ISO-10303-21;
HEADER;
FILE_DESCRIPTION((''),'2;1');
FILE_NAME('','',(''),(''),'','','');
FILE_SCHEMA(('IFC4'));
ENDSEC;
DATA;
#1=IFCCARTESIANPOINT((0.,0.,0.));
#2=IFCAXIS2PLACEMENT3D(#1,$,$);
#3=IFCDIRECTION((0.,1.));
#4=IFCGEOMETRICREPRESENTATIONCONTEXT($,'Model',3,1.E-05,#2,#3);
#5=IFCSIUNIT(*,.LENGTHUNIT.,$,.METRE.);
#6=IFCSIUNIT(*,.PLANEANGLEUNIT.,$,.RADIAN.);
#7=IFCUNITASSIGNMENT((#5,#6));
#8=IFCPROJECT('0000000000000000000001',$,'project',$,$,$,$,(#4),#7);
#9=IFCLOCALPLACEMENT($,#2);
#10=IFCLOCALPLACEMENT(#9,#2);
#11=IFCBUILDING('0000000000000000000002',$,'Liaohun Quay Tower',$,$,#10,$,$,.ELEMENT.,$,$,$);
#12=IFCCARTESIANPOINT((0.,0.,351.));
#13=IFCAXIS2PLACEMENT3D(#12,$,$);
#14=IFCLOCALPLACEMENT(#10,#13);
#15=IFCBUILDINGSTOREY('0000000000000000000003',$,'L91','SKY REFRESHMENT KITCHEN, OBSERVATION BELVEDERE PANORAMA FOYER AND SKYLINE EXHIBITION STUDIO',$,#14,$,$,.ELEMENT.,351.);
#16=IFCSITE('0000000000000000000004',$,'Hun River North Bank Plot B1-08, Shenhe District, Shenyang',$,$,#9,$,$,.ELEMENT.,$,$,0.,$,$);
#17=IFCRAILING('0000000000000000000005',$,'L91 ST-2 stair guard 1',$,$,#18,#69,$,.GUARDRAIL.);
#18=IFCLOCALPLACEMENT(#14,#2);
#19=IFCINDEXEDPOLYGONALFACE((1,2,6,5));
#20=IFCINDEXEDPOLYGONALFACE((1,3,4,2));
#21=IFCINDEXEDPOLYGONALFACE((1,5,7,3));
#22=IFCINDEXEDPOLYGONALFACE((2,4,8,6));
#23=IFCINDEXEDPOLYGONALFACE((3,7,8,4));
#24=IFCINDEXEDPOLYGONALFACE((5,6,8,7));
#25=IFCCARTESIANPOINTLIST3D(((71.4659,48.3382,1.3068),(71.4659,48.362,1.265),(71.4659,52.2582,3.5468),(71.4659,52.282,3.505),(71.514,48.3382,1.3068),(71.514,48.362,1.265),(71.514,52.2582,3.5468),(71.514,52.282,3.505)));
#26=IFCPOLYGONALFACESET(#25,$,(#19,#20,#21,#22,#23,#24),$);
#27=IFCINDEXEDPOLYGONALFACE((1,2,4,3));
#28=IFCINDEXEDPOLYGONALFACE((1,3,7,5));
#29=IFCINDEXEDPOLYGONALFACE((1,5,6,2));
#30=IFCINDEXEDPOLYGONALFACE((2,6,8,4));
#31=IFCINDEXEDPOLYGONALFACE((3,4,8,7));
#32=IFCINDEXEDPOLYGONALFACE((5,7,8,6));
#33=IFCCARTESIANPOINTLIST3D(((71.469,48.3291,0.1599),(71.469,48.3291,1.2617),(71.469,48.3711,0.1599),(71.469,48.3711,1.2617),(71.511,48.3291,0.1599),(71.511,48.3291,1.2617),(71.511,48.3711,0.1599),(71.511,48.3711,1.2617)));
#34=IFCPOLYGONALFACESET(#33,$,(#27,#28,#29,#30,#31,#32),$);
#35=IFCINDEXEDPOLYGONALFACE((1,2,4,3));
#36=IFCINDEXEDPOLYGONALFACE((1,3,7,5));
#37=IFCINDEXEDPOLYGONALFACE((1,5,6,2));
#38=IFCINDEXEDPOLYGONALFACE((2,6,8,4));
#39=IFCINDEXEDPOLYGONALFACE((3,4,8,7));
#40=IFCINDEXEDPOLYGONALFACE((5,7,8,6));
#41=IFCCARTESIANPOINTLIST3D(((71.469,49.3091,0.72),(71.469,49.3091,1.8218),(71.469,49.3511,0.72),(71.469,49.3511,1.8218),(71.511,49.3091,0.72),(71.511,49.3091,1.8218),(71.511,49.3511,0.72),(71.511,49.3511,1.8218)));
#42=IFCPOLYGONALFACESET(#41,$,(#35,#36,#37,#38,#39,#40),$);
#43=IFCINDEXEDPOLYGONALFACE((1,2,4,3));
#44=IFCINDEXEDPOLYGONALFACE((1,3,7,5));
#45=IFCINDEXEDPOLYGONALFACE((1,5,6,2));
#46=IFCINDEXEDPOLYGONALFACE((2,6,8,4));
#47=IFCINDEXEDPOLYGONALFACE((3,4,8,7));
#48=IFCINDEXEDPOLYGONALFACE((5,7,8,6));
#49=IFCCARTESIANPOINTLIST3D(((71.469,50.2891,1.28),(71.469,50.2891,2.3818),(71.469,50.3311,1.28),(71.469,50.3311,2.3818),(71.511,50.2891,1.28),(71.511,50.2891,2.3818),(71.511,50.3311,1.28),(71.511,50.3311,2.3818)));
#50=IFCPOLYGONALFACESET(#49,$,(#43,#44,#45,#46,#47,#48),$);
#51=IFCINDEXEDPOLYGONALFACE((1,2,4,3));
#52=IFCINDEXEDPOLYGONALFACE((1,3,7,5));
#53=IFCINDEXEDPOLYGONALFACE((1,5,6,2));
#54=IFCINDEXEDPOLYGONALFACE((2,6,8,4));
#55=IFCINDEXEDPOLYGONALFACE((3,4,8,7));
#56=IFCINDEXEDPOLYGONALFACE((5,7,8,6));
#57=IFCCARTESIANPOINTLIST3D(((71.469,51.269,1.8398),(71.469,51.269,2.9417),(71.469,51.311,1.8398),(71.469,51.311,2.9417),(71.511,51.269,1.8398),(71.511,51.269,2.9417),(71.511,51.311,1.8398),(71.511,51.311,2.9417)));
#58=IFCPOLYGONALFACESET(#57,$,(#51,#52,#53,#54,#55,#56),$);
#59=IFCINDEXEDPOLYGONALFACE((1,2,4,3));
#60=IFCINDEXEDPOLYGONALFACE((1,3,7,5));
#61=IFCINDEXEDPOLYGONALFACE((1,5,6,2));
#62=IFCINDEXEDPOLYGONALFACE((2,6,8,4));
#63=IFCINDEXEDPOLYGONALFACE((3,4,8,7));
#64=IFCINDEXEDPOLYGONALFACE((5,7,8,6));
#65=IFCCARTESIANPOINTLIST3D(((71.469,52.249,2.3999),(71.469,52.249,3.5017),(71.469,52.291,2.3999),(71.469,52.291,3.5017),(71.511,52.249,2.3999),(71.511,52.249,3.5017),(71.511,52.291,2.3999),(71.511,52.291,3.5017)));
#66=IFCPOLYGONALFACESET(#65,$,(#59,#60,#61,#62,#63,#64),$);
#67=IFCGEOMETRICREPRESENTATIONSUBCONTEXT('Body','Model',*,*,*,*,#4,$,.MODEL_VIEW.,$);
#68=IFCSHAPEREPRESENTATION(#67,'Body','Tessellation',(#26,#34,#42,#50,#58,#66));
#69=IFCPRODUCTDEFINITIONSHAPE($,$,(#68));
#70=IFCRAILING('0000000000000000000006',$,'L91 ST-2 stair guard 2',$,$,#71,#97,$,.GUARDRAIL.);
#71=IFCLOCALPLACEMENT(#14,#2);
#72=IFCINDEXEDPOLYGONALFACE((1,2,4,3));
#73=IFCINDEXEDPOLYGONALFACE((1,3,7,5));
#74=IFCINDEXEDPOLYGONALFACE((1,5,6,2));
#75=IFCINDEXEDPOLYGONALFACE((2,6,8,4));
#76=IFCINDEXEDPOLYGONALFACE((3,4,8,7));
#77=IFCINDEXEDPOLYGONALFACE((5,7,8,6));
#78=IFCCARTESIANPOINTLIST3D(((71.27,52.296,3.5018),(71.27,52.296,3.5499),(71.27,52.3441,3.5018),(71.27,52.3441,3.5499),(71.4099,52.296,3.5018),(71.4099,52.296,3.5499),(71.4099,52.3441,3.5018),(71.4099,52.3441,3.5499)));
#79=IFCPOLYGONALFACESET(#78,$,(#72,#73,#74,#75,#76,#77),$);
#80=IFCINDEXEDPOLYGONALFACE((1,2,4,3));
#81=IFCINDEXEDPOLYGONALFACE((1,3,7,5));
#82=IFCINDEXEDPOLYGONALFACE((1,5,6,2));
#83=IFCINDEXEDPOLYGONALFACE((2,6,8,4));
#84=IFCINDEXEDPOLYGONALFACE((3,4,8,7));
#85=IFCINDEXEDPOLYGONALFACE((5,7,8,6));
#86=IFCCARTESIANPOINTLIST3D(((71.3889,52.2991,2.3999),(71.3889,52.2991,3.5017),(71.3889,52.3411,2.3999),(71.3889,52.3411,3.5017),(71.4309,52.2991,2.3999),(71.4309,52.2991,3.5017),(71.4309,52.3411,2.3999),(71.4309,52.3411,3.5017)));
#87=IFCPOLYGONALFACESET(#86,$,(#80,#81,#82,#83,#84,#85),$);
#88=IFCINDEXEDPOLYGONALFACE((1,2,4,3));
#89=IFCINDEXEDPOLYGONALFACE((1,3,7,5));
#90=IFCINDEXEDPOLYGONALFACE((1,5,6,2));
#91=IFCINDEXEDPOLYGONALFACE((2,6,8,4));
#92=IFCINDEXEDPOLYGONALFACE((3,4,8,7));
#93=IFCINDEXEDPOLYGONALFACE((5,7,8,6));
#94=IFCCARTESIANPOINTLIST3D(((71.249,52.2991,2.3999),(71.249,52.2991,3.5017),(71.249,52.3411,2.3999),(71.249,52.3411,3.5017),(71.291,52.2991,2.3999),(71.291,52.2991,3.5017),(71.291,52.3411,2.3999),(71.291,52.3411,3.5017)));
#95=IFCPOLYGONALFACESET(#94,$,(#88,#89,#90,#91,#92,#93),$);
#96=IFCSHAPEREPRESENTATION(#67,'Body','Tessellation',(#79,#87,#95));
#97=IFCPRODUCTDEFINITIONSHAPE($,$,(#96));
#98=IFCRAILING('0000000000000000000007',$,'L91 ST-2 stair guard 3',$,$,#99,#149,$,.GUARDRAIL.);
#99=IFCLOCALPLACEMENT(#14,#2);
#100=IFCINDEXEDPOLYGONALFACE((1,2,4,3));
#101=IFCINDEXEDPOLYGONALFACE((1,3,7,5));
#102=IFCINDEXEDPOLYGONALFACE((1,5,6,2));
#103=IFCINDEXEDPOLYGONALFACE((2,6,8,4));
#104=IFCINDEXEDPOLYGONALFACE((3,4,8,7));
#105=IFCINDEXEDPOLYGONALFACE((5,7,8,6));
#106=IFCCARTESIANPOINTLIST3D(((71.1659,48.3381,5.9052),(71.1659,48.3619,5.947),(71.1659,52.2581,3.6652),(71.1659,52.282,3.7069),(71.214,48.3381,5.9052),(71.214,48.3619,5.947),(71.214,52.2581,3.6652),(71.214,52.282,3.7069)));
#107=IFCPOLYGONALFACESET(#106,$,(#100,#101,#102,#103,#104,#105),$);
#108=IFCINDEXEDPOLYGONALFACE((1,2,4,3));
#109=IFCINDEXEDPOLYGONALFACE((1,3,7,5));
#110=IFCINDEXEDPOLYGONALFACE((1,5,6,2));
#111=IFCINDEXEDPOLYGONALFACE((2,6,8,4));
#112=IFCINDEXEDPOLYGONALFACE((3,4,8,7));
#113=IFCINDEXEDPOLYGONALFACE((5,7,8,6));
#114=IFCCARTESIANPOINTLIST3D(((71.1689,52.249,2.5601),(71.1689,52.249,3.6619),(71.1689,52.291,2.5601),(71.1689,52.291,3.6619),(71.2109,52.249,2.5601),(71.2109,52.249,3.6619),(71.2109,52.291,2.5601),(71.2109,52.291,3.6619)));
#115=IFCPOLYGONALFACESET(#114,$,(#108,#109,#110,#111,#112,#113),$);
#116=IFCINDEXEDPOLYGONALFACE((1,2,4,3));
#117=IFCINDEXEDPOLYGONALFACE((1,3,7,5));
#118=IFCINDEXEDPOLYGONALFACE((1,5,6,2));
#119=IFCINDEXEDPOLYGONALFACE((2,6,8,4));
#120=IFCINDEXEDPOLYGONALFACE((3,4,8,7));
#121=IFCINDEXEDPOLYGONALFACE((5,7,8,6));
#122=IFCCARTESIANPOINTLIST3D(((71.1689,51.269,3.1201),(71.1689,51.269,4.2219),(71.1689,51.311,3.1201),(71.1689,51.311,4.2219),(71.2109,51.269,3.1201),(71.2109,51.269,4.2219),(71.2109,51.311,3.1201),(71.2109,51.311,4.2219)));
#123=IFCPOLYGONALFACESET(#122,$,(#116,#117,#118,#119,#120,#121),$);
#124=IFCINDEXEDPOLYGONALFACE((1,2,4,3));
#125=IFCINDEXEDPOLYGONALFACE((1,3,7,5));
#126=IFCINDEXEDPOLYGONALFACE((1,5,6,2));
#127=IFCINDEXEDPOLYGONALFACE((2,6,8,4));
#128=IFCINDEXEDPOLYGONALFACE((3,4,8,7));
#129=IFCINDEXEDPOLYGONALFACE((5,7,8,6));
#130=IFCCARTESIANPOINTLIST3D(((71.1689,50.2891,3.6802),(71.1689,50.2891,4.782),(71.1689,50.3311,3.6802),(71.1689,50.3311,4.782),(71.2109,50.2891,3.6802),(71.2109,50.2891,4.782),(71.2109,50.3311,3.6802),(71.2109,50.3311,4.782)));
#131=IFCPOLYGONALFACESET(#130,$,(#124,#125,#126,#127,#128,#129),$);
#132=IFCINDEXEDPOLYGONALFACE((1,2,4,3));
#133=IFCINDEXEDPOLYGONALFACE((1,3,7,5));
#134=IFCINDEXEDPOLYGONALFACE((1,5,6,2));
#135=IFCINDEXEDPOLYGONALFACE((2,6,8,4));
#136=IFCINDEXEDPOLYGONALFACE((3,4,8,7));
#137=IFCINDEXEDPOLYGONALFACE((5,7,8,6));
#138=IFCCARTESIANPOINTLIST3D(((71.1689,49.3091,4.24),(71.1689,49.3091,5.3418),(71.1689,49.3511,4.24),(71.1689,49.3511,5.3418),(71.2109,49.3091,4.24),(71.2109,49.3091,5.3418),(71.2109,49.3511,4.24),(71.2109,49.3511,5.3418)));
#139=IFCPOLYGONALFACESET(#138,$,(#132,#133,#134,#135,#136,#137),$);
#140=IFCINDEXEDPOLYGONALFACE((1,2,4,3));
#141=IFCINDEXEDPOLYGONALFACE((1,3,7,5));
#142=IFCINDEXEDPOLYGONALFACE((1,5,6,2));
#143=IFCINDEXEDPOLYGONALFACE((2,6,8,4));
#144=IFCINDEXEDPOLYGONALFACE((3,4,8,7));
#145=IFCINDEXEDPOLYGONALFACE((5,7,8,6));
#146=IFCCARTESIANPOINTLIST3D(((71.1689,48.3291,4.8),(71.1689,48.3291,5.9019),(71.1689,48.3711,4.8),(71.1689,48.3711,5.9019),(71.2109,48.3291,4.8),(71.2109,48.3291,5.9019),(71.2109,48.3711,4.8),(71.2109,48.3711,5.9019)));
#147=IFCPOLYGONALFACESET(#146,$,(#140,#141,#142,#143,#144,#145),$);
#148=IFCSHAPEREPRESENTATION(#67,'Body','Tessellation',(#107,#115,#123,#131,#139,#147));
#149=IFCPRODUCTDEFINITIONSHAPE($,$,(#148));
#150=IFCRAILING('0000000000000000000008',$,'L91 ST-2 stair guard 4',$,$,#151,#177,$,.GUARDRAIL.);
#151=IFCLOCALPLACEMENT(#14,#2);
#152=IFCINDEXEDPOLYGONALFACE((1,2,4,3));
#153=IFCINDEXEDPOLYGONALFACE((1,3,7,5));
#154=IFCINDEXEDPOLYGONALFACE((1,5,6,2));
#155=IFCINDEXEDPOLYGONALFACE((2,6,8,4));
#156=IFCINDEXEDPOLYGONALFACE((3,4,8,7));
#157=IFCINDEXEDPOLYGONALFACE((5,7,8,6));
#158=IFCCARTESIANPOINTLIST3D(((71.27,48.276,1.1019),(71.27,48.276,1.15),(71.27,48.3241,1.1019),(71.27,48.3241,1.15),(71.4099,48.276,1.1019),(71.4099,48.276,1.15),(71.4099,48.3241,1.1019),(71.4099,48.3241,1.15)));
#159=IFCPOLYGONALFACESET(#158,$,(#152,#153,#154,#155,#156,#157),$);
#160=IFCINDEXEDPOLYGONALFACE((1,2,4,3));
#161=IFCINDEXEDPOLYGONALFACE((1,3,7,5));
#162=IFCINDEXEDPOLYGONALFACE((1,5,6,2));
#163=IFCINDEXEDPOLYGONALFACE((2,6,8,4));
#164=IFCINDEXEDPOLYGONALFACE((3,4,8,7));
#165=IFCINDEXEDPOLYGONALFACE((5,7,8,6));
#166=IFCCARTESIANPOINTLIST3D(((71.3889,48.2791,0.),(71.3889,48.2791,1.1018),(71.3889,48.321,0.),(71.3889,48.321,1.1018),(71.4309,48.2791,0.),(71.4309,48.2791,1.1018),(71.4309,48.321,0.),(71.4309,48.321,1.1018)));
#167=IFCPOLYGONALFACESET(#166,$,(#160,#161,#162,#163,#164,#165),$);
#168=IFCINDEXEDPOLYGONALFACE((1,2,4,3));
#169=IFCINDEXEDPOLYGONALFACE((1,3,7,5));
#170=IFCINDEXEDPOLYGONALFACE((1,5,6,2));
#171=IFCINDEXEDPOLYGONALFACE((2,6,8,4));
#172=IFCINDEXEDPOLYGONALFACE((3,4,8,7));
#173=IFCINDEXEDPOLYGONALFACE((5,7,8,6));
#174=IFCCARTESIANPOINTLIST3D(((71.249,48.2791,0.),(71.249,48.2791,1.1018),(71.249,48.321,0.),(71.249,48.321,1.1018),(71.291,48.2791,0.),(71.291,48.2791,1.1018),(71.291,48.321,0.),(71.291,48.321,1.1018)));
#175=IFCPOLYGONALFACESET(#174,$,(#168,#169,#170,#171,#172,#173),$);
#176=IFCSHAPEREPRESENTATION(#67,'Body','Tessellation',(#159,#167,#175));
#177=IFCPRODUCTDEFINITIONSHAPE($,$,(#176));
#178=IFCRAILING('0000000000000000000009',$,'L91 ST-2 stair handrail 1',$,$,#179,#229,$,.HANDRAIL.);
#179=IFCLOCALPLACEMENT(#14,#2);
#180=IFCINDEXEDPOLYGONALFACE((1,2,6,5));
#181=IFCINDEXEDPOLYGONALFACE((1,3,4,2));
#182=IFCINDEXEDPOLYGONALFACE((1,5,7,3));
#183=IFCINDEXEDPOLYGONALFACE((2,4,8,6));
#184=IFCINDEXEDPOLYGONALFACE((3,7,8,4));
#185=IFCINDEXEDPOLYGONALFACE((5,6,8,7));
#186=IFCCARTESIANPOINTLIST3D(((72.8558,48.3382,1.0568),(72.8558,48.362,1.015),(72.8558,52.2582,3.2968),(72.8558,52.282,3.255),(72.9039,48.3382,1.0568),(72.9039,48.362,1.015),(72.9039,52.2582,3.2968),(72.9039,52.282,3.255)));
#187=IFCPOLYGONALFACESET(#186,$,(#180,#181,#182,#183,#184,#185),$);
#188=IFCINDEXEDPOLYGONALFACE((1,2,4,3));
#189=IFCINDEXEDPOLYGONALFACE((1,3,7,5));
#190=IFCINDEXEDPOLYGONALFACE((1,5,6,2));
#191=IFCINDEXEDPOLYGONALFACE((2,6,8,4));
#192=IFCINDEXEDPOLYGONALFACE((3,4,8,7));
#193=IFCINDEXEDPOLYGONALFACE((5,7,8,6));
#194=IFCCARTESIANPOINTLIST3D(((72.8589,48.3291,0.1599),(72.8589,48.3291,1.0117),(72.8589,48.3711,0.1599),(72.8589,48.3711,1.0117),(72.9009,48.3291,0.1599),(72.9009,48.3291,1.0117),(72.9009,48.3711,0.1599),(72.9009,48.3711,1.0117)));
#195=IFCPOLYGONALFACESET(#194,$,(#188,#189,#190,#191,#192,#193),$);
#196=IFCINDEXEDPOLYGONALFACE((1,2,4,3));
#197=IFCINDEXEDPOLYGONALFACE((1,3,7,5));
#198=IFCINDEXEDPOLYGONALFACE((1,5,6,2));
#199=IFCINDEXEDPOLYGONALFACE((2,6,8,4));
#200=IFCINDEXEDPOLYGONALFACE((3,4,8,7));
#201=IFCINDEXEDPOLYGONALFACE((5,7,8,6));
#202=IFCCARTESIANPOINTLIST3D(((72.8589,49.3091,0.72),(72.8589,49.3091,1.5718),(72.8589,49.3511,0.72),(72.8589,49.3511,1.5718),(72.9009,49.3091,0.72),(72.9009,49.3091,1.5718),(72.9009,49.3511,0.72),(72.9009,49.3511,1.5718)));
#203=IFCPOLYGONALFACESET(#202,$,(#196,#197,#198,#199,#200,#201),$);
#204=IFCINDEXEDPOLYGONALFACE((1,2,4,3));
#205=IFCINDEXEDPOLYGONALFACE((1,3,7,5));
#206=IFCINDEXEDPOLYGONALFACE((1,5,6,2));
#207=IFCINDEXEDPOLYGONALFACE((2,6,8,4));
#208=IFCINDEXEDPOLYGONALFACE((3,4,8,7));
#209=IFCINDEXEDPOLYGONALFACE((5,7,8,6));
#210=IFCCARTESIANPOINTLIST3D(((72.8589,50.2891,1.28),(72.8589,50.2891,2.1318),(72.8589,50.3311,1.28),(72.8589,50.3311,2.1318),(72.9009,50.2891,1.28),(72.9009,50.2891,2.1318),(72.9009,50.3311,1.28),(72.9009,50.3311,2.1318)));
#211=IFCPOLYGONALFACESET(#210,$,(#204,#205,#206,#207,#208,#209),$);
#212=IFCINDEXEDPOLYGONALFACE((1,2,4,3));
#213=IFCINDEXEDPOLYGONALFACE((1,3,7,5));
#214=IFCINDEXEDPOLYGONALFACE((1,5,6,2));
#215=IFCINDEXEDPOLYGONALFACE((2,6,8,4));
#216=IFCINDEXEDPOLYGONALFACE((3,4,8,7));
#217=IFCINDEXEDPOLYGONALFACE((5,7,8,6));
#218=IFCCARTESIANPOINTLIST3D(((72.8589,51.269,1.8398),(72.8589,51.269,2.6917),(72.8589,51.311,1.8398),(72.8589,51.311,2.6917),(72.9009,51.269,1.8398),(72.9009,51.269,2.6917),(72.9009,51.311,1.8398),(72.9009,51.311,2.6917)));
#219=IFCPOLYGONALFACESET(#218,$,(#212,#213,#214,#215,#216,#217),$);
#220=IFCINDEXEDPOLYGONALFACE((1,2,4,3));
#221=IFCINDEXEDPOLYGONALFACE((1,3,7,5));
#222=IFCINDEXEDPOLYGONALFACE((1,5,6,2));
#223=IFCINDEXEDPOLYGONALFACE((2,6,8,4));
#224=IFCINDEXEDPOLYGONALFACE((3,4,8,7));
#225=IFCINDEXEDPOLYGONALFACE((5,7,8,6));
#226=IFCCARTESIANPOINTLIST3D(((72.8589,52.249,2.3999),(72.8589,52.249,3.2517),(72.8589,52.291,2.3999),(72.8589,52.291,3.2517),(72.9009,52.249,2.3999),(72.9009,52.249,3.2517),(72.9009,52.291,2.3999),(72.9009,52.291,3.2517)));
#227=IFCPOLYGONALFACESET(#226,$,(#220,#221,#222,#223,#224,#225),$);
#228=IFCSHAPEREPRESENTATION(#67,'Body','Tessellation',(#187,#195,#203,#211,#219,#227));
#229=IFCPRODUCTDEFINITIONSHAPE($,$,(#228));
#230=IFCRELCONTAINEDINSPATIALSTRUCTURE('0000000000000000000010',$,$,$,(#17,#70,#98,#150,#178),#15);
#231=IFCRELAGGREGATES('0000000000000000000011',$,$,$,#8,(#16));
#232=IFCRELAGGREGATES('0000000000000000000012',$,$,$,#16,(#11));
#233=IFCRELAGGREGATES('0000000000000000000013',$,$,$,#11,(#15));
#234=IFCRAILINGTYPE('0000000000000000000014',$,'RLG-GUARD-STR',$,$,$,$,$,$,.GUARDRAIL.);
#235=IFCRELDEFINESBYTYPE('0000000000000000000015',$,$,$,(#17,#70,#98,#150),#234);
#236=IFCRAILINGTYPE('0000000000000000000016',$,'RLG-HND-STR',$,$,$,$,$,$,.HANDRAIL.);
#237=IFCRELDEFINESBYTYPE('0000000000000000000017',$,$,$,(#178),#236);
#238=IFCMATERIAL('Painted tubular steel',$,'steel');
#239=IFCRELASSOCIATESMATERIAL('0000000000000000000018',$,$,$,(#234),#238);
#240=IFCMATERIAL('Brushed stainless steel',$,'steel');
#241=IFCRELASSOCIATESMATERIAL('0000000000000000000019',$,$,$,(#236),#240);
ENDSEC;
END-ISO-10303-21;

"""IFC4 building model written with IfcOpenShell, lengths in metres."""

from ifc_helpers import new_model, si_unit, direction, frame, origin, origin_2d, place, context, subcontext, project, spatial, rectangle, extrude, material, type_object, element, save


model = new_model("IFC4")

# Units and contexts
model_context = context("Model", 3, precision=1e-05, world=origin(), true_north=direction((0.0, 1.0)))
body_context = subcontext(model_context, "Body", "Model", "MODEL_VIEW")
ifc_project = project(units=[si_unit("LENGTHUNIT", "METRE"), si_unit("PLANEANGLEUNIT", "RADIAN")], contexts=[model_context])

# Site, building, storey
site_placement = place(None, origin())
site = spatial("IfcSite", under=ifc_project, at=site_placement, Name="Hun River North Bank Plot B1-08, Shenhe District, Shenyang", CompositionType="ELEMENT", RefElevation=0.0)
building_placement = place(site_placement, origin())
building = spatial("IfcBuilding", under=site, at=building_placement, Name="Liaohun Quay Tower", CompositionType="ELEMENT")
storey_placement = place(building_placement, frame((0.0, 0.0, 351.0)))
storey = spatial("IfcBuildingStorey", under=building, at=storey_placement, Name="L91", Description="SKY REFRESHMENT KITCHEN, OBSERVATION BELVEDERE PANORAMA FOYER AND SKYLINE EXHIBITION STUDIO", CompositionType="ELEMENT", Elevation=351.0)

# Railings
ifc_material_1 = material(Name="Painted tubular steel", Category="steel")
railing_type_1 = type_object("IfcRailingType", Name="RLG-GUARD-STR", PredefinedType="GUARDRAIL", material=ifc_material_1)
railing_1_placement = place(storey_placement, frame((71.49, 48.3501, 0.1599)))
element("IfcRailing", 1, at=railing_1_placement, inside=storey, type_object=railing_type_1, Name="L91 ST-2 stair guard 1", PredefinedType="GUARDRAIL", context=body_context, shape_type="SweptSolid", body=[
    extrude(rectangle(XDim=0.0481, YDim=0.0481, at=origin_2d()), frame((0.0, 0.0, 1.126), z_axis=(0.0, 0.86824, 0.496145), x_axis=(-1.0, 0.0, 0.0)), (0.0, 0.0, 1.0), 4.5149),
    extrude(rectangle(XDim=0.042, YDim=0.042, at=origin_2d()), origin(), (0.0, 0.0, 1.0), 1.1018),
    extrude(rectangle(XDim=0.042, YDim=0.042, at=origin_2d()), frame((0.0, 0.98, 0.5601)), (0.0, 0.0, 1.0), 1.1018),
    extrude(rectangle(XDim=0.042, YDim=0.042, at=origin_2d()), frame((0.0, 1.96, 1.1201)), (0.0, 0.0, 1.0), 1.1018),
    extrude(rectangle(XDim=0.042, YDim=0.042, at=origin_2d()), frame((0.0, 2.9399, 1.6799)), (0.0, 0.0, 1.0), 1.1018),
    extrude(rectangle(XDim=0.042, YDim=0.042, at=origin_2d()), frame((0.0, 3.9199, 2.24)), (0.0, 0.0, 1.0), 1.1018),
])
railing_2_placement = place(storey_placement, frame((71.4099, 52.3201, 2.3999)))
element("IfcRailing", 2, at=railing_2_placement, inside=storey, type_object=railing_type_1, Name="L91 ST-2 stair guard 2", PredefinedType="GUARDRAIL", context=body_context, shape_type="SweptSolid", body=[
    extrude(rectangle(XDim=0.0481, YDim=0.0481, at=origin_2d()), frame((0.0, 0.0, 1.126), z_axis=(-1.0, 0.0, 0.0), x_axis=(0.0, -1.0, 0.0)), (0.0, 0.0, 1.0), 0.1399),
    extrude(rectangle(XDim=0.042, YDim=0.042, at=origin_2d()), origin(), (0.0, 0.0, 1.0), 1.1018),
    extrude(rectangle(XDim=0.042, YDim=0.042, at=origin_2d()), frame((-0.1399, 0.0, 0.0)), (0.0, 0.0, 1.0), 1.1018),
])
railing_3_placement = place(storey_placement, frame((71.1899, 52.27, 2.5601)))
element("IfcRailing", 3, at=railing_3_placement, inside=storey, type_object=railing_type_1, Name="L91 ST-2 stair guard 3", PredefinedType="GUARDRAIL", context=body_context, shape_type="SweptSolid", body=[
    extrude(rectangle(XDim=0.0481, YDim=0.0481, at=origin_2d()), frame((0.0, 0.0, 1.126), z_axis=(0.0, -0.86824, 0.496145), x_axis=(1.0, 0.0, 0.0)), (0.0, 0.0, 1.0), 4.5149),
    extrude(rectangle(XDim=0.042, YDim=0.042, at=origin_2d()), origin(), (0.0, 0.0, 1.0), 1.1018),
    extrude(rectangle(XDim=0.042, YDim=0.042, at=origin_2d()), frame((0.0, -0.98, 0.5601)), (0.0, 0.0, 1.0), 1.1018),
    extrude(rectangle(XDim=0.042, YDim=0.042, at=origin_2d()), frame((0.0, -1.96, 1.1201)), (0.0, 0.0, 1.0), 1.1018),
    extrude(rectangle(XDim=0.042, YDim=0.042, at=origin_2d()), frame((0.0, -2.9399, 1.6799)), (0.0, 0.0, 1.0), 1.1018),
    extrude(rectangle(XDim=0.042, YDim=0.042, at=origin_2d()), frame((0.0, -3.9199, 2.24)), (0.0, 0.0, 1.0), 1.1018),
])
railing_4_placement = place(storey_placement, frame((71.4099, 48.3, 0.0)))
element("IfcRailing", 4, at=railing_4_placement, inside=storey, type_object=railing_type_1, Name="L91 ST-2 stair guard 4", PredefinedType="GUARDRAIL", context=body_context, shape_type="SweptSolid", body=[
    extrude(rectangle(XDim=0.0481, YDim=0.0481, at=origin_2d()), frame((0.0, 0.0, 1.126), z_axis=(-1.0, 0.0, 0.0), x_axis=(0.0, -1.0, 0.0)), (0.0, 0.0, 1.0), 0.1399),
    extrude(rectangle(XDim=0.042, YDim=0.042, at=origin_2d()), origin(), (0.0, 0.0, 1.0), 1.1018),
    extrude(rectangle(XDim=0.042, YDim=0.042, at=origin_2d()), frame((-0.1399, 0.0, 0.0)), (0.0, 0.0, 1.0), 1.1018),
])
ifc_material_2 = material(Name="Brushed stainless steel", Category="steel")
railing_type_2 = type_object("IfcRailingType", Name="RLG-HND-STR", PredefinedType="HANDRAIL", material=ifc_material_2)
railing_5_placement = place(storey_placement, frame((72.8799, 48.3501, 0.1599)))
element("IfcRailing", 5, at=railing_5_placement, inside=storey, type_object=railing_type_2, Name="L91 ST-2 stair handrail 1", PredefinedType="HANDRAIL", context=body_context, shape_type="SweptSolid", body=[
    extrude(rectangle(XDim=0.0481, YDim=0.0481, at=origin_2d()), frame((0.0, 0.0, 0.876), z_axis=(0.0, 0.86824, 0.496145), x_axis=(-1.0, 0.0, 0.0)), (0.0, 0.0, 1.0), 4.5149),
    extrude(rectangle(XDim=0.042, YDim=0.042, at=origin_2d()), origin(), (0.0, 0.0, 1.0), 0.8518),
    extrude(rectangle(XDim=0.042, YDim=0.042, at=origin_2d()), frame((0.0, 0.98, 0.5601)), (0.0, 0.0, 1.0), 0.8518),
    extrude(rectangle(XDim=0.042, YDim=0.042, at=origin_2d()), frame((0.0, 1.96, 1.1201)), (0.0, 0.0, 1.0), 0.8518),
    extrude(rectangle(XDim=0.042, YDim=0.042, at=origin_2d()), frame((0.0, 2.9399, 1.6799)), (0.0, 0.0, 1.0), 0.8518),
    extrude(rectangle(XDim=0.042, YDim=0.042, at=origin_2d()), frame((0.0, 3.9199, 2.24)), (0.0, 0.0, 1.0), 0.8518),
])

save(model, "model.ifc")
